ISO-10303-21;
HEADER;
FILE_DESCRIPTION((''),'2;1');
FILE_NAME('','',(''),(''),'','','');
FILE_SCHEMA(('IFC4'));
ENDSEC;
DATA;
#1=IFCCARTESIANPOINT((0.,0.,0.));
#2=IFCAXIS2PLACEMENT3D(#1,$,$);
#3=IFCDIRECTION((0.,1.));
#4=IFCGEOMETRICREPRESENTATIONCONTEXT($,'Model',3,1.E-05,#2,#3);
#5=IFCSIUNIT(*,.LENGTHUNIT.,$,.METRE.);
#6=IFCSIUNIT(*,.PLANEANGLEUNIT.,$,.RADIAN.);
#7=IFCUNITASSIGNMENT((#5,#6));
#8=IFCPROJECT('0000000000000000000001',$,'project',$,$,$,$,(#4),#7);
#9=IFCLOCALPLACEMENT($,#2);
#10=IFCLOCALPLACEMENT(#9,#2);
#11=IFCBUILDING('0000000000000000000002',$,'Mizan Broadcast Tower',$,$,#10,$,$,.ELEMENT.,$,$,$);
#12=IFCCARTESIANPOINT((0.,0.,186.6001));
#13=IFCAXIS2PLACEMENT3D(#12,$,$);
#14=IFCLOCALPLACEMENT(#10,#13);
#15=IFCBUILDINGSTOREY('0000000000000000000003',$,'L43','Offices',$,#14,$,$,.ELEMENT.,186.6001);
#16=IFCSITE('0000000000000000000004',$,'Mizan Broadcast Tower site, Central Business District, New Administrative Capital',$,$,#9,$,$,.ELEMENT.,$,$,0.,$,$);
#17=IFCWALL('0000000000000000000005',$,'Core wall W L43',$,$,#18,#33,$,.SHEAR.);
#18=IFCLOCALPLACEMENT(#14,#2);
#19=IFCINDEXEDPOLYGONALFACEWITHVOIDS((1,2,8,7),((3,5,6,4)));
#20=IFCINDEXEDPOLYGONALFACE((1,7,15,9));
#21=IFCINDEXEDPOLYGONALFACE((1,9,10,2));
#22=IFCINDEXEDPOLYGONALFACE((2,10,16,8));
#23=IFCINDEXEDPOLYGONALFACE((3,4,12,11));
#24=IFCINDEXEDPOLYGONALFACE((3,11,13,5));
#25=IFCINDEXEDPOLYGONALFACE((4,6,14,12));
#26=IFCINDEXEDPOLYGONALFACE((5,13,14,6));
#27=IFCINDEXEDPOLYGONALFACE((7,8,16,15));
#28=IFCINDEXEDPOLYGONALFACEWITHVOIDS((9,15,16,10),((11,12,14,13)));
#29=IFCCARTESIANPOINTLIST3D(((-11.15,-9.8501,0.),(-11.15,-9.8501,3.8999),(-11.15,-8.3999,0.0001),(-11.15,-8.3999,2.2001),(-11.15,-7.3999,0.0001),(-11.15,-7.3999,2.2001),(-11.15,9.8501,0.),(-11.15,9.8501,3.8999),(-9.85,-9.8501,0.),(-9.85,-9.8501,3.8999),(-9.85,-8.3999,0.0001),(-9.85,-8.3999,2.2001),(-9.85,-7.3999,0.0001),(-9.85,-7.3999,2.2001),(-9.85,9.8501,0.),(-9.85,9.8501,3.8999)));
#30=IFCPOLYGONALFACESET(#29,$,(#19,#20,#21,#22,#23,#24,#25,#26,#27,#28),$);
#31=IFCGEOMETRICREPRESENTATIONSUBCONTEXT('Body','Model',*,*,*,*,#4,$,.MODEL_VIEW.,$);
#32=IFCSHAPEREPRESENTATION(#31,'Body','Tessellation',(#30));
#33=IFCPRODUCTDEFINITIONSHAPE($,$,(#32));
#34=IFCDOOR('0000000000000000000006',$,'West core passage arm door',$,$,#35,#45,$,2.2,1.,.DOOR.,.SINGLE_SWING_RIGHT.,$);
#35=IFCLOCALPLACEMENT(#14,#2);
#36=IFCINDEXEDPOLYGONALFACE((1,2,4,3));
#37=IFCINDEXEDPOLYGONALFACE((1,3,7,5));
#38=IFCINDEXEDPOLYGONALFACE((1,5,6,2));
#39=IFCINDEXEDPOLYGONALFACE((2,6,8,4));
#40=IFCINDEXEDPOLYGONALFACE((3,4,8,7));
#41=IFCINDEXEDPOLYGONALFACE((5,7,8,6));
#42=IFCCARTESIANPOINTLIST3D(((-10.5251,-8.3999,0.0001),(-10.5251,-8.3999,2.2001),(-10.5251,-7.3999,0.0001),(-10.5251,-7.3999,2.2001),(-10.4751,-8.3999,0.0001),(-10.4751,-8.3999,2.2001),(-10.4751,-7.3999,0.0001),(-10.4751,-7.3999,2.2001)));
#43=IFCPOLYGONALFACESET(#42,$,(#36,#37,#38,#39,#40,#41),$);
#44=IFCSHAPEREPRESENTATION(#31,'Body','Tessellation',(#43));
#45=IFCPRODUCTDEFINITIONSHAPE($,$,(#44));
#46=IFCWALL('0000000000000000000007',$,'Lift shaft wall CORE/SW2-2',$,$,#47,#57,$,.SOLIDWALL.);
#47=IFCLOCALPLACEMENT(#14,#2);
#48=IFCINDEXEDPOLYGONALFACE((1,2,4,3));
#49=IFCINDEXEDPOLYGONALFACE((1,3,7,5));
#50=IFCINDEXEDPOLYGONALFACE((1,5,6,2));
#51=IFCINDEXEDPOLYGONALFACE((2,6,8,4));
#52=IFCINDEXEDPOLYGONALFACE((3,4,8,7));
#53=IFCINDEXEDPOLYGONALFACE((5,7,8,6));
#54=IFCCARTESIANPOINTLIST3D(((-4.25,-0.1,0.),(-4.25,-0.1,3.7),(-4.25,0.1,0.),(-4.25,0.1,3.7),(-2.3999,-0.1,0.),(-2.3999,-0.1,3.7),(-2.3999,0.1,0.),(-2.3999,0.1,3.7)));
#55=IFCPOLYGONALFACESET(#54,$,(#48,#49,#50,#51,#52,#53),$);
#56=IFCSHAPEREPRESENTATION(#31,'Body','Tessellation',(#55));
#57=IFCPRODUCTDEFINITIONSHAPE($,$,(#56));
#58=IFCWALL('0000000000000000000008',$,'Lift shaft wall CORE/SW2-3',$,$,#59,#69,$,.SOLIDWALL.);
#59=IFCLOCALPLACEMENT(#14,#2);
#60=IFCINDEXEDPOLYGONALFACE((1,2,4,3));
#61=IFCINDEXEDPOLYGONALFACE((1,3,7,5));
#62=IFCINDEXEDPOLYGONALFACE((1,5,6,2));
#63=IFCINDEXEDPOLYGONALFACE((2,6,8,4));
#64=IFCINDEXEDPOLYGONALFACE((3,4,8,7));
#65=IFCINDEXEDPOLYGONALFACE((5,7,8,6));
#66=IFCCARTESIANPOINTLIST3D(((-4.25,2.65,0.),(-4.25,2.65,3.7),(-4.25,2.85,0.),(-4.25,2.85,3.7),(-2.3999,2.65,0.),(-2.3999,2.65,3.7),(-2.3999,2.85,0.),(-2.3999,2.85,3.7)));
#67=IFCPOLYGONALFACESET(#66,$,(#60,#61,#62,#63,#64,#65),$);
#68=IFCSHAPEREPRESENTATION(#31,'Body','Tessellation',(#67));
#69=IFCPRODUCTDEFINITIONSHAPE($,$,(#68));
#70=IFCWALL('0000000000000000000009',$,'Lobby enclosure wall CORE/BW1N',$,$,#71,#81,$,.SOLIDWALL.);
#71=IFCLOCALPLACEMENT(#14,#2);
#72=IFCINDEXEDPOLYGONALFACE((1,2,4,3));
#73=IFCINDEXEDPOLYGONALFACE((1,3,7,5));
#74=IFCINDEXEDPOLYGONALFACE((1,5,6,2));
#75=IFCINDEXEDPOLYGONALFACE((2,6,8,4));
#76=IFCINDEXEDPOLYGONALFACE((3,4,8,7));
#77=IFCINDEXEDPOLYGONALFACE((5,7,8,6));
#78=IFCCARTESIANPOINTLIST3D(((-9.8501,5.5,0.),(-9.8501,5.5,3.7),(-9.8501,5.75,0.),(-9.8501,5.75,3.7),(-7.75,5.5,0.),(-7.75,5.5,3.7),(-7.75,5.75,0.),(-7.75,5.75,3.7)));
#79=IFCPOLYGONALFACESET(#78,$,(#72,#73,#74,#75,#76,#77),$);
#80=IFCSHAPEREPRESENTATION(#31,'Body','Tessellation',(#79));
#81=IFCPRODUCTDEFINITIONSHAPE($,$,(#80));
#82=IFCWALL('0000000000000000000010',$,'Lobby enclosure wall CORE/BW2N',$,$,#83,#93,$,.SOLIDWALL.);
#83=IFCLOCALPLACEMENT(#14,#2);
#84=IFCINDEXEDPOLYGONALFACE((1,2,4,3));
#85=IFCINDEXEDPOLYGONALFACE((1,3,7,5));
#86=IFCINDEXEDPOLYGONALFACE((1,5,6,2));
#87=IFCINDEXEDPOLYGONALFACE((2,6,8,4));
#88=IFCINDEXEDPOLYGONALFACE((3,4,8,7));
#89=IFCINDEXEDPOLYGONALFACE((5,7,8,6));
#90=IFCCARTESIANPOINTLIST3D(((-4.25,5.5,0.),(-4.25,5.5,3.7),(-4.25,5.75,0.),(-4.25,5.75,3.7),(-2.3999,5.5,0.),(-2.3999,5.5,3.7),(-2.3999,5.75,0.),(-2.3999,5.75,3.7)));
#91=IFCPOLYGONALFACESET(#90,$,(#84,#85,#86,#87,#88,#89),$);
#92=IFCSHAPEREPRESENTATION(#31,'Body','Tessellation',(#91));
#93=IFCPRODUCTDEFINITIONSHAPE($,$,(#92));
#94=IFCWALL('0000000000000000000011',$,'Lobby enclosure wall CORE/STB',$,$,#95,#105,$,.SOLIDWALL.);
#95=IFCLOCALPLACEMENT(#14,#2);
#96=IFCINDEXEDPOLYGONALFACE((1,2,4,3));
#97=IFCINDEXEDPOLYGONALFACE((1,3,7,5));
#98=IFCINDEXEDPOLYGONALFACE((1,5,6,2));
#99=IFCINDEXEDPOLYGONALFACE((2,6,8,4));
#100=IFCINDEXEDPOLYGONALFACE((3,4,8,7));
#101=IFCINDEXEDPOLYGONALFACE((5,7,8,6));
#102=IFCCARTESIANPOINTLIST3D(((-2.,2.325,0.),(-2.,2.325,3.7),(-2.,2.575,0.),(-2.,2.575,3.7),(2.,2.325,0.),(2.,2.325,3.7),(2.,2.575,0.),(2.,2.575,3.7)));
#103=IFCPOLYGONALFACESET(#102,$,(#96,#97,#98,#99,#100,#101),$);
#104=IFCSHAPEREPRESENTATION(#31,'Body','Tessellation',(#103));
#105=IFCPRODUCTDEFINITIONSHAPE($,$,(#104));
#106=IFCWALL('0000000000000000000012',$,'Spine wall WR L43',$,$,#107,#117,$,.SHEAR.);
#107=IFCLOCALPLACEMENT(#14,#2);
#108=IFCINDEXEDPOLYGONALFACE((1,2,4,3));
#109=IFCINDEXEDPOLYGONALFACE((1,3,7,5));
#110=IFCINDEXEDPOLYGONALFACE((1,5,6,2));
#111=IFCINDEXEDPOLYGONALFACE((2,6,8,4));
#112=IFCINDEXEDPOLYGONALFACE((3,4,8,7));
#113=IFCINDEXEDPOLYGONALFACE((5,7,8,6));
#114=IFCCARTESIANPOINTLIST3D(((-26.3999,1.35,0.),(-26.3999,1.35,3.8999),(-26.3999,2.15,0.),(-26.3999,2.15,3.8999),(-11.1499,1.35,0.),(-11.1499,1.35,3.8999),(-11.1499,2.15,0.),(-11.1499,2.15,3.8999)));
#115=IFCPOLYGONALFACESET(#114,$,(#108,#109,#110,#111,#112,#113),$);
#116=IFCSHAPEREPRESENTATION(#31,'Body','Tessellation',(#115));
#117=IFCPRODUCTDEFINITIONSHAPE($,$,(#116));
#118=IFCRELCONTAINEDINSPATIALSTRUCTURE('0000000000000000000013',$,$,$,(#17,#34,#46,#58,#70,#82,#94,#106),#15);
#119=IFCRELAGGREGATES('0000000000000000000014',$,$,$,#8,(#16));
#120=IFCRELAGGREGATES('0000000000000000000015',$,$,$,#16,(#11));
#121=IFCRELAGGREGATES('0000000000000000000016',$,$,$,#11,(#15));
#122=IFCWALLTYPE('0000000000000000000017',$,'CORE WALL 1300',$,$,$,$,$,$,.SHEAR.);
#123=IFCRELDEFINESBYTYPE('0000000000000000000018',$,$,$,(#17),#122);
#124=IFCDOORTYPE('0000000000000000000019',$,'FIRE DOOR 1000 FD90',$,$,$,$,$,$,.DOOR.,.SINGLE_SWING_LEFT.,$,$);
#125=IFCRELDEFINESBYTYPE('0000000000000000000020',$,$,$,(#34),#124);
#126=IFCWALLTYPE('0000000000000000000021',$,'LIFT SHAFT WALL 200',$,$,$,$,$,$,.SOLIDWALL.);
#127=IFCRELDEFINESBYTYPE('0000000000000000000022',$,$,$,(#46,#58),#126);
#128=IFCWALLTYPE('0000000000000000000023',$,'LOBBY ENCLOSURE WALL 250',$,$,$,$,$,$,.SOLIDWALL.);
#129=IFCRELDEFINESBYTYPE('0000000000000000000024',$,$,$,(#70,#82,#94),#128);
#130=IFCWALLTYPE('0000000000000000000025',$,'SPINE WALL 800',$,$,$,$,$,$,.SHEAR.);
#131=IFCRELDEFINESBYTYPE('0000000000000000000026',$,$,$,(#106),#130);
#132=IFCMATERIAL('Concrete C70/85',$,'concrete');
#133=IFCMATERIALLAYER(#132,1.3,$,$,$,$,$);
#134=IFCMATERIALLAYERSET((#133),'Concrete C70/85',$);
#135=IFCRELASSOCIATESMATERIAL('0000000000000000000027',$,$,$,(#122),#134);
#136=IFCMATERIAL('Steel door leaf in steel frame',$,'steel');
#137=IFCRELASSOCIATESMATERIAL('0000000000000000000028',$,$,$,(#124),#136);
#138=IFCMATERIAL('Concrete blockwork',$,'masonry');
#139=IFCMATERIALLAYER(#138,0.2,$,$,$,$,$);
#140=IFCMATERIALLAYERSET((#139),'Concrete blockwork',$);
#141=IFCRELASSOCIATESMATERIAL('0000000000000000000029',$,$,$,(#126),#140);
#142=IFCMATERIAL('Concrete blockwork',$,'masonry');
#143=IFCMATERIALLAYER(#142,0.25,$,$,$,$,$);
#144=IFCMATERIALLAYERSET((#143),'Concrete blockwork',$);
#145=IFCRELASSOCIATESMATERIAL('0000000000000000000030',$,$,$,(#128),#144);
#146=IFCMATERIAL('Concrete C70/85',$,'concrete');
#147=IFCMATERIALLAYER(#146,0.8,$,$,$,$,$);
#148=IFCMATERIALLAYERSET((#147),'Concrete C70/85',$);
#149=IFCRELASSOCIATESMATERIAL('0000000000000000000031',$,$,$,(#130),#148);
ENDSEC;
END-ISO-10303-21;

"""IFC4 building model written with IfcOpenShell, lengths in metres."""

from ifc_helpers import new_model, si_unit, direction, frame, frame_2d, origin, place, context, subcontext, project, spatial, rectangle, extrude, material, layer, layer_set, type_object, element, fill, save


model = new_model("IFC4")

# Units and contexts
model_context = context("Model", 3, precision=1e-05, world=origin(), true_north=direction((0.0, 1.0)))
body_context = subcontext(model_context, "Body", "Model", "MODEL_VIEW")
ifc_project = project(units=[si_unit("LENGTHUNIT", "METRE"), si_unit("PLANEANGLEUNIT", "RADIAN")], contexts=[model_context])

# Site, building, storey
site_placement = place(None, origin())
site = spatial("IfcSite", under=ifc_project, at=site_placement, Name="Mizan Broadcast Tower site, Central Business District, New Administrative Capital", CompositionType="ELEMENT", RefElevation=0.0)
building_placement = place(site_placement, origin())
building = spatial("IfcBuilding", under=site, at=building_placement, Name="Mizan Broadcast Tower", CompositionType="ELEMENT")
storey_placement = place(building_placement, frame((0.0, 0.0, 186.6001)))
storey = spatial("IfcBuildingStorey", under=building, at=storey_placement, Name="L43", Description="Offices", CompositionType="ELEMENT", Elevation=186.6001)

# Shared definitions
ifc_material_1 = material(Name="Concrete C70/85", Category="concrete")
ifc_layer_1 = layer(ifc_material_1, 1.3)
ifc_layer_set_1 = layer_set([ifc_layer_1], Name="Concrete C70/85")
wall_type_1 = type_object("IfcWallType", Name="CORE WALL 1300", PredefinedType="SHEAR", material=ifc_layer_set_1)

# Wall, opening, door
wall_1_placement = place(storey_placement, frame((-10.5, 9.8501, 0.0), z_axis=(0.0, 0.0, 1.0), x_axis=(0.0, -1.0, 0.0)))
wall_1 = element("IfcWall", 1, at=wall_1_placement, inside=storey, type_object=wall_type_1, Name="Core wall W L43", PredefinedType="SHEAR", context=body_context, shape_type="SweptSolid", body=[
    extrude(rectangle(XDim=19.7002, YDim=1.3, at=frame_2d((9.8501, 0.0))), origin(), (0.0, 0.0, 1.0), 3.8999),
])
opening_1_placement = place(wall_1_placement, frame((17.25, 0.0, 0.0)))
opening_1 = element("IfcOpeningElement", 2, at=opening_1_placement, cuts=wall_1, PredefinedType="OPENING", context=body_context, shape_type="SweptSolid", body=[
    extrude(rectangle(XDim=1.0, YDim=2.2, at=frame_2d((0.5, 1.1001))), frame((0.0, 0.6599, 0.0), z_axis=(0.0, -1.0, 0.0), x_axis=(1.0, 0.0, 0.0)), (0.0, 0.0, 1.0), 1.3201),
])
ifc_material_2 = material(Name="Steel door leaf in steel frame", Category="steel")
door_type_1 = type_object("IfcDoorType", Name="FIRE DOOR 1000 FD90", OperationType="SINGLE_SWING_LEFT", PredefinedType="DOOR", material=ifc_material_2)
door_1_placement = place(opening_1_placement, origin())
door_1 = element("IfcDoor", 3, at=door_1_placement, inside=storey, type_object=door_type_1, Name="West core passage arm door", OperationType="SINGLE_SWING_RIGHT", OverallHeight=2.2, OverallWidth=1.0, PredefinedType="DOOR", context=body_context, shape_type="SweptSolid", body=[
    extrude(rectangle(XDim=1.0, YDim=2.2, at=frame_2d((0.5, 1.1001))), frame((0.0, 0.0249, 0.0), z_axis=(0.0, -1.0, 0.0), x_axis=(1.0, 0.0, 0.0)), (0.0, 0.0, 1.0), 0.05),
])
fill(opening_1, door_1)

# Walls
ifc_material_3 = material(Name="Concrete blockwork", Category="masonry")
ifc_layer_2 = layer(ifc_material_3, 0.2)
ifc_layer_set_2 = layer_set([ifc_layer_2], Name="Concrete blockwork")
wall_type_2 = type_object("IfcWallType", Name="LIFT SHAFT WALL 200", PredefinedType="SOLIDWALL", material=ifc_layer_set_2)
for number, where, z_axis, x_axis, name in (
    (4, (-4.25, 0.0, 0.0), (0.0, 0.0, 1.0), (1.0, 0.0, 0.0), "Lift shaft wall CORE/SW2-2"),
    (5, (-4.25, 2.75, 0.0), (0.0, 0.0, 1.0), (1.0, 0.0, 0.0), "Lift shaft wall CORE/SW2-3"),
):
    element("IfcWall", number, at=place(storey_placement, frame(where, z_axis=z_axis, x_axis=x_axis)), inside=storey, type_object=wall_type_2, Name=name, PredefinedType="SOLIDWALL", context=body_context, shape_type="SweptSolid", body=[
        extrude(rectangle(XDim=1.8501, YDim=0.2, at=frame_2d((0.925, 0.0))), origin(), (0.0, 0.0, 1.0), 3.7),
    ])
ifc_material_4 = material(Name="Concrete blockwork", Category="masonry")
ifc_layer_3 = layer(ifc_material_4, 0.25)
ifc_layer_set_3 = layer_set([ifc_layer_3], Name="Concrete blockwork")
wall_type_3 = type_object("IfcWallType", Name="LOBBY ENCLOSURE WALL 250", PredefinedType="SOLIDWALL", material=ifc_layer_set_3)
wall_2_placement = place(storey_placement, frame((-9.8501, 5.625, 0.0), z_axis=(0.0, 0.0, 1.0), x_axis=(1.0, 0.0, 0.0)))
element("IfcWall", 6, at=wall_2_placement, inside=storey, type_object=wall_type_3, Name="Lobby enclosure wall CORE/BW1N", PredefinedType="SOLIDWALL", context=body_context, shape_type="SweptSolid", body=[
    extrude(rectangle(XDim=2.1001, YDim=0.25, at=frame_2d((1.05, 0.0))), origin(), (0.0, 0.0, 1.0), 3.7),
])
wall_3_placement = place(storey_placement, frame((-4.25, 5.625, 0.0), z_axis=(0.0, 0.0, 1.0), x_axis=(1.0, 0.0, 0.0)))
element("IfcWall", 7, at=wall_3_placement, inside=storey, type_object=wall_type_3, Name="Lobby enclosure wall CORE/BW2N", PredefinedType="SOLIDWALL", context=body_context, shape_type="SweptSolid", body=[
    extrude(rectangle(XDim=1.8501, YDim=0.25, at=frame_2d((0.925, 0.0))), origin(), (0.0, 0.0, 1.0), 3.7),
])
wall_4_placement = place(storey_placement, frame((-2.0, 2.45, 0.0), z_axis=(0.0, 0.0, 1.0), x_axis=(1.0, 0.0, 0.0)))
element("IfcWall", 8, at=wall_4_placement, inside=storey, type_object=wall_type_3, Name="Lobby enclosure wall CORE/STB", PredefinedType="SOLIDWALL", context=body_context, shape_type="SweptSolid", body=[
    extrude(rectangle(XDim=4.0, YDim=0.25, at=frame_2d((2.0, 0.0))), origin(), (0.0, 0.0, 1.0), 3.7),
])
ifc_material_5 = material(Name="Concrete C70/85", Category="concrete")
ifc_layer_4 = layer(ifc_material_5, 0.8)
ifc_layer_set_4 = layer_set([ifc_layer_4], Name="Concrete C70/85")
wall_type_4 = type_object("IfcWallType", Name="SPINE WALL 800", PredefinedType="SHEAR", material=ifc_layer_set_4)
wall_5_placement = place(storey_placement, frame((-11.1499, 1.75, 0.0), z_axis=(0.0, 0.0, 1.0), x_axis=(-1.0, 0.0, 0.0)))
element("IfcWall", 9, at=wall_5_placement, inside=storey, type_object=wall_type_4, Name="Spine wall WR L43", PredefinedType="SHEAR", context=body_context, shape_type="SweptSolid", body=[
    extrude(rectangle(XDim=15.25, YDim=0.8, at=frame_2d((7.625, 0.0))), origin(), (0.0, 0.0, 1.0), 3.8999),
])

save(model, "model.ifc")
